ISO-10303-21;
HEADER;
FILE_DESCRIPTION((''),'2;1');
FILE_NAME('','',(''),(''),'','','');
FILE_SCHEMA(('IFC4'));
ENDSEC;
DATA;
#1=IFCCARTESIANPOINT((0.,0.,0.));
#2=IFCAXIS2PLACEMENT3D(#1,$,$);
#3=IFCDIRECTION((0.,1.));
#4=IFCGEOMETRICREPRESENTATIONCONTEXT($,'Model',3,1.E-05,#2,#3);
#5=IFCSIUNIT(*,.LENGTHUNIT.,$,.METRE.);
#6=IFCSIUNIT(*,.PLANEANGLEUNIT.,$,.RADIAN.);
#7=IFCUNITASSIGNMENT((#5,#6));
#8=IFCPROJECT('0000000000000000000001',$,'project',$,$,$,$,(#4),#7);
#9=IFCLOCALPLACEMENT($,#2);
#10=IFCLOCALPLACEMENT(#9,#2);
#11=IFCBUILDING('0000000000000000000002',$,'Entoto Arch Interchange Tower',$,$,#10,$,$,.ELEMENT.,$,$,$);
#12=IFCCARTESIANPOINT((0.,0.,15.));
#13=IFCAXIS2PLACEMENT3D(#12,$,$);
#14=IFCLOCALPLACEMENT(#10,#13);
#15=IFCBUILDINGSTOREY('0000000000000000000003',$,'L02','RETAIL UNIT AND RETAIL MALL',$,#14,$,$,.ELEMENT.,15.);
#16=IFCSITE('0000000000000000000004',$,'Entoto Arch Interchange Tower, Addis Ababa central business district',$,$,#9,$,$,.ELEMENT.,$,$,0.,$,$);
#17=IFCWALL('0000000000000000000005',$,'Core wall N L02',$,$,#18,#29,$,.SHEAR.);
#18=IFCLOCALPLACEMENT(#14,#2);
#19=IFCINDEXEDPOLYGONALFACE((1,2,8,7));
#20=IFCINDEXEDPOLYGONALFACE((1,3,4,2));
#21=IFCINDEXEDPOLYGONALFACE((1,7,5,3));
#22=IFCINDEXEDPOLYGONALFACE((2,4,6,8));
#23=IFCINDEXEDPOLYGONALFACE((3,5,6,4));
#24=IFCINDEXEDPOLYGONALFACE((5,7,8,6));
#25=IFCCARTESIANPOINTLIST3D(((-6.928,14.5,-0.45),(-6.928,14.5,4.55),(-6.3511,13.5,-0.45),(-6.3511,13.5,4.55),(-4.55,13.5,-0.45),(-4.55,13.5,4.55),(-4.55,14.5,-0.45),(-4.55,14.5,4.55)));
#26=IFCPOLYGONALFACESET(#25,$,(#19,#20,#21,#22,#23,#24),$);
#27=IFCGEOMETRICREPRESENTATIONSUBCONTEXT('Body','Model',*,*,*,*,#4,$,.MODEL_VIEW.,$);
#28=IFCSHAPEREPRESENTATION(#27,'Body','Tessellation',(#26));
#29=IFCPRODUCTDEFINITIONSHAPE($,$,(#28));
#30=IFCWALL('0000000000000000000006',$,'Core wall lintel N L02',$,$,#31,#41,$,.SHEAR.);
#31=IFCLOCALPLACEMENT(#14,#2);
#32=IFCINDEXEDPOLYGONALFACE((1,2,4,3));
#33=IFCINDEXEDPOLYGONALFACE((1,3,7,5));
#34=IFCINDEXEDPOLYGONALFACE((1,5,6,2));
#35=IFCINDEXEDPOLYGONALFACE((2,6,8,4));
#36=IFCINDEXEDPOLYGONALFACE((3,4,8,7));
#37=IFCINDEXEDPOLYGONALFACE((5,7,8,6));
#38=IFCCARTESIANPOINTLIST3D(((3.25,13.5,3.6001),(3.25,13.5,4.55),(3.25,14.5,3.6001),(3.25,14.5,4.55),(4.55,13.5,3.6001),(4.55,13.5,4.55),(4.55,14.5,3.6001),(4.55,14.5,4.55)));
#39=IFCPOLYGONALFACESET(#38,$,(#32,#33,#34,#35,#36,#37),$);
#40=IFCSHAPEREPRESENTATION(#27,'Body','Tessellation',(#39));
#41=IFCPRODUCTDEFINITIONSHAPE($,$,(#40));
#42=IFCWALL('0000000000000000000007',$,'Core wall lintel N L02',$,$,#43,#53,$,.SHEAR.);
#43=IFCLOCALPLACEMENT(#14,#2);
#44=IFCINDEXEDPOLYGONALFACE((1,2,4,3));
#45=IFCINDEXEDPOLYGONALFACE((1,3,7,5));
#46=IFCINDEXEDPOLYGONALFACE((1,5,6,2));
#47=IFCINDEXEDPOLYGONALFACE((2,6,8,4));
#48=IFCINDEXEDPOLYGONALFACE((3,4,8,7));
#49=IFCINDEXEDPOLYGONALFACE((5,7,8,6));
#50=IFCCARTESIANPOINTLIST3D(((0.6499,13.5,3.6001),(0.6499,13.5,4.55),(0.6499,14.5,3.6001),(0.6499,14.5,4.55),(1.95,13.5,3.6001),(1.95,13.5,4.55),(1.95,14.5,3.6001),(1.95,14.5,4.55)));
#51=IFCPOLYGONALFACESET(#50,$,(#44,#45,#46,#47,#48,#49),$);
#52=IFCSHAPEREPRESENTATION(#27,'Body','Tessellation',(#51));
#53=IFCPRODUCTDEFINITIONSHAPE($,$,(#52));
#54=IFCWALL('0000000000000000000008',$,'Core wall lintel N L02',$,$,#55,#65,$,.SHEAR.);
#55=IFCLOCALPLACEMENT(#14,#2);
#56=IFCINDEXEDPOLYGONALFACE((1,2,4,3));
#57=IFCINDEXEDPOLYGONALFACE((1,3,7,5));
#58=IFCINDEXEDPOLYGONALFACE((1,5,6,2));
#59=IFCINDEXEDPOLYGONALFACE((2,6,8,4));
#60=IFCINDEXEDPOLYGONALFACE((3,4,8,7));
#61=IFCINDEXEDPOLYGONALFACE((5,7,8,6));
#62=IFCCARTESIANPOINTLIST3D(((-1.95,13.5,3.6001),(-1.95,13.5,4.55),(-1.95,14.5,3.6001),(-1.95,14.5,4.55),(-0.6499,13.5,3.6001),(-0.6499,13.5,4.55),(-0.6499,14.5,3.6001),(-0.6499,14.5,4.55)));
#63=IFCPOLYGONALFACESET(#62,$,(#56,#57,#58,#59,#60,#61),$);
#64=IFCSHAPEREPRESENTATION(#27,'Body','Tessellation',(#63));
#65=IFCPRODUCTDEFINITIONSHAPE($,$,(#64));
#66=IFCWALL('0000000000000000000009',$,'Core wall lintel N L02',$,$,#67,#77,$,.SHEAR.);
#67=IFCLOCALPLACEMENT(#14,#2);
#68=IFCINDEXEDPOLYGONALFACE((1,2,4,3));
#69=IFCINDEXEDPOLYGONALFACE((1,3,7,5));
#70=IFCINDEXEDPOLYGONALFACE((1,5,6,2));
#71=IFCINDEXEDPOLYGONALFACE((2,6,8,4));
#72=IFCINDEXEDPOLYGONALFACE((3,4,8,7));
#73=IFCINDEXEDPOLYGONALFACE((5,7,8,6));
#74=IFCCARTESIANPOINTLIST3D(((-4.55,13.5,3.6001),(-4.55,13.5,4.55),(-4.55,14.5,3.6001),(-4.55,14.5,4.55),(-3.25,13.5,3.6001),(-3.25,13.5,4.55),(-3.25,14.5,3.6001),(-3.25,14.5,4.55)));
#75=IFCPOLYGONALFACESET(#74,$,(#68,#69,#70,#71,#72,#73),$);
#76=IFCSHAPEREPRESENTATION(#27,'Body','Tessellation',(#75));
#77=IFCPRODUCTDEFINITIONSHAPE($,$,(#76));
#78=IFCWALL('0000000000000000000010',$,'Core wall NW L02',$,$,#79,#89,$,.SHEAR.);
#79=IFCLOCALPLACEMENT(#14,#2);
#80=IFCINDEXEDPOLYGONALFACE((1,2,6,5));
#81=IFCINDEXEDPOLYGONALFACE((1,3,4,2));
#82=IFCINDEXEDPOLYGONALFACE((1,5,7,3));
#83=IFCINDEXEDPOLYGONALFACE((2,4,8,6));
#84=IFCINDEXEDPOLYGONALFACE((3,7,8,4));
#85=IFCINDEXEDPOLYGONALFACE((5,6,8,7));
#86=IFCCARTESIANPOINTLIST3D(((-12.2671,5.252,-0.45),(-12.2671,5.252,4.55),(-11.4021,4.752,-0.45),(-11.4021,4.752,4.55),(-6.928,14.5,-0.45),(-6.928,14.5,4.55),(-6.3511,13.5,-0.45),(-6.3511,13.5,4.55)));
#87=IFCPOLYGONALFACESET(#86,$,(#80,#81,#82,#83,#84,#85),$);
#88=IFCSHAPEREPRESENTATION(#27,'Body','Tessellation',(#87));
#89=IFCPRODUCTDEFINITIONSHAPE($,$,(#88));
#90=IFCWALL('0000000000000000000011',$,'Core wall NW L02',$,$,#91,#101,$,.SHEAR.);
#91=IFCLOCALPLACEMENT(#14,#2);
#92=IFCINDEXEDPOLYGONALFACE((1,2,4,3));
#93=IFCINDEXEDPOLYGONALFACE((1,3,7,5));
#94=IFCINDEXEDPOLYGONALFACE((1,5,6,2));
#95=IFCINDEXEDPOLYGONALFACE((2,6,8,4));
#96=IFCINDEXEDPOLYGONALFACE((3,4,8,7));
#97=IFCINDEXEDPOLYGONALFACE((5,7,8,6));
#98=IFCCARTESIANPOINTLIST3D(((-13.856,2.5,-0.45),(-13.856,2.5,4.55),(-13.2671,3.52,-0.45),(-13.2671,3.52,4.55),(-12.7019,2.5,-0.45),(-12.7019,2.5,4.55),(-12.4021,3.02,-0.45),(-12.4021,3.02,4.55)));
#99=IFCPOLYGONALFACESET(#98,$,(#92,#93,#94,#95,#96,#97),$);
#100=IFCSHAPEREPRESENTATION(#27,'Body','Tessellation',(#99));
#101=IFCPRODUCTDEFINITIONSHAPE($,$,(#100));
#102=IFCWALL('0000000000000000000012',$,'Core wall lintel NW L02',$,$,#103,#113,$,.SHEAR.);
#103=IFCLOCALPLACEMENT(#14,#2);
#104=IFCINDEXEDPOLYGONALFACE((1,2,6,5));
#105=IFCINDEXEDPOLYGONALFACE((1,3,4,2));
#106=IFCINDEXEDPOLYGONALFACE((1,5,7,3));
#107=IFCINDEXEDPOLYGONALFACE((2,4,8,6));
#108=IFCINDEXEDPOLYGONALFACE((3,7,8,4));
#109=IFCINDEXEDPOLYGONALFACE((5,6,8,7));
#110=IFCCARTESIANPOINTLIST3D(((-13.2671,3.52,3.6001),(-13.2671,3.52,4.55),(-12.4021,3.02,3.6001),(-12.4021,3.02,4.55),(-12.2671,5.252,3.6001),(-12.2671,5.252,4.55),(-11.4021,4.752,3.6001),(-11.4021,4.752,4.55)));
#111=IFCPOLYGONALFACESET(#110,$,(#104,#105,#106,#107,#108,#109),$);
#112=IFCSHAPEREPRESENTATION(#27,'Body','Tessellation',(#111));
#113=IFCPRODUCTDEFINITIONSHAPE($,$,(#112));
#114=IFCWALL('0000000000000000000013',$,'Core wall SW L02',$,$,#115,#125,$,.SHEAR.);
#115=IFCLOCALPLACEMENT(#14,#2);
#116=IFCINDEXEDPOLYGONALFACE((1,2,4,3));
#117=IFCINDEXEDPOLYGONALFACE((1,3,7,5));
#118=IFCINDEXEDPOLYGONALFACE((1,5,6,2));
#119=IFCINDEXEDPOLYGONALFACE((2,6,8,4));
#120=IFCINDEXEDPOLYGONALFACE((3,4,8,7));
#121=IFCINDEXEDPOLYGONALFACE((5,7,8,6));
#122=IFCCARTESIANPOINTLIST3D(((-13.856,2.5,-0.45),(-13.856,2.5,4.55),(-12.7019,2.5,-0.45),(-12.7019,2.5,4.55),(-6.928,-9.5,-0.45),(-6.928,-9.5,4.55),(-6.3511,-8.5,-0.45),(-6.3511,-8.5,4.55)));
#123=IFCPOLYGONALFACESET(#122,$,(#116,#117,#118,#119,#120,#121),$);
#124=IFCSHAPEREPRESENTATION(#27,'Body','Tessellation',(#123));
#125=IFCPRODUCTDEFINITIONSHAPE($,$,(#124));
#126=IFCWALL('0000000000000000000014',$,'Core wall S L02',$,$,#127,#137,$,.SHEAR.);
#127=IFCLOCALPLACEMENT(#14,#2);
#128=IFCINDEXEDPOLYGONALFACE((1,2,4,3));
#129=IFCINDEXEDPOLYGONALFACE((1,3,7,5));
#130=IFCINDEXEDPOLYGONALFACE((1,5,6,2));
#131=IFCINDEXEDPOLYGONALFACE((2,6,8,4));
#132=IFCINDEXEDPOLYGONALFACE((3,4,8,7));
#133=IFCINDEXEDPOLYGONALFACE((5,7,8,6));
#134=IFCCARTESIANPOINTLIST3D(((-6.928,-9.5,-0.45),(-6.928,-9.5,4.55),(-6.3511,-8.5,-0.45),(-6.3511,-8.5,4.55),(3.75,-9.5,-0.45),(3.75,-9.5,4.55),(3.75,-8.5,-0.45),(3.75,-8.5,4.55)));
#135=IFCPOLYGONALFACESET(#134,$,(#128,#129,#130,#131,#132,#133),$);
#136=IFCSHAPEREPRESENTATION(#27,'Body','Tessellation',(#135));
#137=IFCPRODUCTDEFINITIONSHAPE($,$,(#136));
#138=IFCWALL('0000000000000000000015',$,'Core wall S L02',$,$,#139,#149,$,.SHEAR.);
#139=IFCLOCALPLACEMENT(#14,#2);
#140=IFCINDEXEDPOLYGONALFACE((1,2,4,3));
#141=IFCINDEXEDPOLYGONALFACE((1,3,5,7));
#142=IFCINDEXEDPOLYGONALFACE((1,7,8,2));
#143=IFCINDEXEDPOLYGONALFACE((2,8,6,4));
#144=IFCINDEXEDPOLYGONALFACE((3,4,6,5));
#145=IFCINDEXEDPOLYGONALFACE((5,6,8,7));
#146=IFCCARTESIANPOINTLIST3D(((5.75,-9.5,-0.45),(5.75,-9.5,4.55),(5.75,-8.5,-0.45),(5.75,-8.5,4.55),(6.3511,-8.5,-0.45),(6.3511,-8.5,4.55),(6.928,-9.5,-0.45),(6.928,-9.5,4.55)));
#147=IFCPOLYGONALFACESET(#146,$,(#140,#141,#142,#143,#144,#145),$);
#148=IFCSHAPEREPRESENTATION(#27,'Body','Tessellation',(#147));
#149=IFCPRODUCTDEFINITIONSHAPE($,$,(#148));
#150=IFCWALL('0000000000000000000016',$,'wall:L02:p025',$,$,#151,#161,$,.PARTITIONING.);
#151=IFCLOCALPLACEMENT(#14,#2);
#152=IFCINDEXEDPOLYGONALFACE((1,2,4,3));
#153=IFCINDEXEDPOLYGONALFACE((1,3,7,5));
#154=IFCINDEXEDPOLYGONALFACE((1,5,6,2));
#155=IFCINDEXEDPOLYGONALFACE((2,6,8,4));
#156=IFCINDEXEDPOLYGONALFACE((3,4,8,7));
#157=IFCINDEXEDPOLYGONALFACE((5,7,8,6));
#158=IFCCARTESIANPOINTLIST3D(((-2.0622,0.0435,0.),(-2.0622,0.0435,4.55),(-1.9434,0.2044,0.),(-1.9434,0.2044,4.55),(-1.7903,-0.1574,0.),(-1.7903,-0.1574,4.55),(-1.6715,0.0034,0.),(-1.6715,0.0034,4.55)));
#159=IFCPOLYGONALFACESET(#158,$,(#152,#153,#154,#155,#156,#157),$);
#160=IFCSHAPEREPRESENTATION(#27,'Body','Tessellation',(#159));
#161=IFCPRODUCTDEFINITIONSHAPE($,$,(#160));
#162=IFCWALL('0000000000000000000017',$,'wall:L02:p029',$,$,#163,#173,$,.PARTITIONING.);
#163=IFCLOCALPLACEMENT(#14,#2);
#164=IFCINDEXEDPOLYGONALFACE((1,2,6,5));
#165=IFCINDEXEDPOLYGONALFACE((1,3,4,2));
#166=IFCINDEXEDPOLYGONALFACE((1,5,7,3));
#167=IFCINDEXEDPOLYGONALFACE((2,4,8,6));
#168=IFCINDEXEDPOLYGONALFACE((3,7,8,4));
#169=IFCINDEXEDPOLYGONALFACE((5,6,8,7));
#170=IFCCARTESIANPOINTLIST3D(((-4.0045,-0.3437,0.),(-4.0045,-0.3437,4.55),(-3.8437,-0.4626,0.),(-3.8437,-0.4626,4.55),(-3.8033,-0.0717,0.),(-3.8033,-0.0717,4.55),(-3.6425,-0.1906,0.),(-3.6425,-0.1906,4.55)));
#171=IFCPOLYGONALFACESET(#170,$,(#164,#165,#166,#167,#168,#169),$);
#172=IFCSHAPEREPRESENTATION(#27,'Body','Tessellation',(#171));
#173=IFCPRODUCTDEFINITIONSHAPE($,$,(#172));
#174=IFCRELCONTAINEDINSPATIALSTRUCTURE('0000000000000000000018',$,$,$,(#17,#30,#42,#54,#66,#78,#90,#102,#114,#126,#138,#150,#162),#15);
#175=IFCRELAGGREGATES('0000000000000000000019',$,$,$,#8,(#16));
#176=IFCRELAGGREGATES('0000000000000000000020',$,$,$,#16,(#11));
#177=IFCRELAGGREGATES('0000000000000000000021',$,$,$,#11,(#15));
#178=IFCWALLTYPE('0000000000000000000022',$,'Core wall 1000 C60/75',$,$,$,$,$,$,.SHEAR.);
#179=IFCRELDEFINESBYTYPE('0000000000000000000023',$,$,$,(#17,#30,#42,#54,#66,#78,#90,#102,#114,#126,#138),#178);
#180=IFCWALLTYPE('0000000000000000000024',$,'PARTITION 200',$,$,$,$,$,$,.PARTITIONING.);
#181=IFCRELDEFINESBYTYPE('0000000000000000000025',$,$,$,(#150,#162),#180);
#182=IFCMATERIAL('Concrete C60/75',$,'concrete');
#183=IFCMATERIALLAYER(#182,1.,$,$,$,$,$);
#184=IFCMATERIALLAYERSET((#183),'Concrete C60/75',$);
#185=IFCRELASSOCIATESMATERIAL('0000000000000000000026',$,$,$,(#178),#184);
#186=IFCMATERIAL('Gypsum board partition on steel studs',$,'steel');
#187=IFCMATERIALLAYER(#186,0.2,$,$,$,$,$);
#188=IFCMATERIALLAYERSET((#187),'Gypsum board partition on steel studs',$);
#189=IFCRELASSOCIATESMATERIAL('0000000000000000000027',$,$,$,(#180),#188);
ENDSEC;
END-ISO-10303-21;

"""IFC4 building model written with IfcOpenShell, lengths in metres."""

from ifc_helpers import new_model, si_unit, direction, frame, frame_2d, origin, place, context, subcontext, project, spatial, polyline, rectangle, outline, extrude, material, layer, layer_set, type_object, element, save


model = new_model("IFC4")

# Units and contexts
model_context = context("Model", 3, precision=1e-05, world=origin(), true_north=direction((0.0, 1.0)))
body_context = subcontext(model_context, "Body", "Model", "MODEL_VIEW")
ifc_project = project(units=[si_unit("LENGTHUNIT", "METRE"), si_unit("PLANEANGLEUNIT", "RADIAN")], contexts=[model_context])

# Site, building, storey
site_placement = place(None, origin())
site = spatial("IfcSite", under=ifc_project, at=site_placement, Name="Entoto Arch Interchange Tower, Addis Ababa central business district", CompositionType="ELEMENT", RefElevation=0.0)
building_placement = place(site_placement, origin())
building = spatial("IfcBuilding", under=site, at=building_placement, Name="Entoto Arch Interchange Tower", CompositionType="ELEMENT")
storey_placement = place(building_placement, frame((0.0, 0.0, 15.0)))
storey = spatial("IfcBuildingStorey", under=building, at=storey_placement, Name="L02", Description="RETAIL UNIT AND RETAIL MALL", CompositionType="ELEMENT", Elevation=15.0)

# Walls
ifc_material_1 = material(Name="Concrete C60/75", Category="concrete")
ifc_layer_1 = layer(ifc_material_1, 1.0)
ifc_layer_set_1 = layer_set([ifc_layer_1], Name="Concrete C60/75")
wall_type_1 = type_object("IfcWallType", Name="Core wall 1000 C60/75", PredefinedType="SHEAR", material=ifc_layer_set_1)
wall_1_placement = place(storey_placement, frame((0.0, 0.0, -0.45)))
element("IfcWall", 1, at=wall_1_placement, inside=storey, type_object=wall_type_1, Name="Core wall N L02", PredefinedType="SHEAR", context=body_context, shape_type="SweptSolid", body=[
    extrude(outline(polyline([(-4.55, 13.5), (-4.55, 14.5), (-6.928, 14.5), (-6.3511, 13.5), (-4.55, 13.5)])), origin(), (0.0, 0.0, 1.0), 5.0),
])
wall_2_placement = place(storey_placement, frame((0.0, 0.0, 3.6001)))
element("IfcWall", 2, at=wall_2_placement, inside=storey, type_object=wall_type_1, Name="Core wall lintel N L02", PredefinedType="SHEAR", context=body_context, shape_type="SweptSolid", body=[
    extrude(outline(polyline([(3.25, 14.5), (3.25, 13.5), (4.55, 13.5), (4.55, 14.5), (3.25, 14.5)])), origin(), (0.0, 0.0, 1.0), 0.95),
])
wall_3_placement = place(storey_placement, frame((0.0, 0.0, 3.6001)))
element("IfcWall", 3, at=wall_3_placement, inside=storey, type_object=wall_type_1, Name="Core wall lintel N L02", PredefinedType="SHEAR", context=body_context, shape_type="SweptSolid", body=[
    extrude(outline(polyline([(0.6499, 14.5), (0.6499, 13.5), (1.95, 13.5), (1.95, 14.5), (0.6499, 14.5)])), origin(), (0.0, 0.0, 1.0), 0.95),
])
wall_4_placement = place(storey_placement, frame((0.0, 0.0, 3.6001)))
element("IfcWall", 4, at=wall_4_placement, inside=storey, type_object=wall_type_1, Name="Core wall lintel N L02", PredefinedType="SHEAR", context=body_context, shape_type="SweptSolid", body=[
    extrude(outline(polyline([(-1.95, 14.5), (-1.95, 13.5), (-0.6499, 13.5), (-0.6499, 14.5), (-1.95, 14.5)])), origin(), (0.0, 0.0, 1.0), 0.95),
])
wall_5_placement = place(storey_placement, frame((0.0, 0.0, 3.6001)))
element("IfcWall", 5, at=wall_5_placement, inside=storey, type_object=wall_type_1, Name="Core wall lintel N L02", PredefinedType="SHEAR", context=body_context, shape_type="SweptSolid", body=[
    extrude(outline(polyline([(-4.55, 14.5), (-4.55, 13.5), (-3.25, 13.5), (-3.25, 14.5), (-4.55, 14.5)])), origin(), (0.0, 0.0, 1.0), 0.95),
])
wall_6_placement = place(storey_placement, frame((0.0, 0.0, -0.45)))
element("IfcWall", 6, at=wall_6_placement, inside=storey, type_object=wall_type_1, Name="Core wall NW L02", PredefinedType="SHEAR", context=body_context, shape_type="SweptSolid", body=[
    extrude(outline(polyline([(-12.2671, 5.252), (-11.4021, 4.752), (-6.3511, 13.5), (-6.928, 14.5), (-12.2671, 5.252)])), origin(), (0.0, 0.0, 1.0), 5.0),
])
wall_7_placement = place(storey_placement, frame((0.0, 0.0, -0.45)))
element("IfcWall", 7, at=wall_7_placement, inside=storey, type_object=wall_type_1, Name="Core wall NW L02", PredefinedType="SHEAR", context=body_context, shape_type="SweptSolid", body=[
    extrude(outline(polyline([(-12.4021, 3.02), (-13.2671, 3.52), (-13.856, 2.5), (-12.7019, 2.5), (-12.4021, 3.02)])), origin(), (0.0, 0.0, 1.0), 5.0),
])
wall_8_placement = place(storey_placement, frame((0.0, 0.0, 3.6001)))
element("IfcWall", 8, at=wall_8_placement, inside=storey, type_object=wall_type_1, Name="Core wall lintel NW L02", PredefinedType="SHEAR", context=body_context, shape_type="SweptSolid", body=[
    extrude(outline(polyline([(-13.2671, 3.52), (-12.4021, 3.02), (-11.4021, 4.752), (-12.2671, 5.252), (-13.2671, 3.52)])), origin(), (0.0, 0.0, 1.0), 0.95),
])
wall_9_placement = place(storey_placement, frame((0.0, 0.0, -0.45)))
element("IfcWall", 9, at=wall_9_placement, inside=storey, type_object=wall_type_1, Name="Core wall SW L02", PredefinedType="SHEAR", context=body_context, shape_type="SweptSolid", body=[
    extrude(outline(polyline([(-13.856, 2.5), (-6.928, -9.5), (-6.3511, -8.5), (-12.7019, 2.5), (-13.856, 2.5)])), origin(), (0.0, 0.0, 1.0), 5.0),
])
wall_10_placement = place(storey_placement, frame((0.0, 0.0, -0.45)))
element("IfcWall", 10, at=wall_10_placement, inside=storey, type_object=wall_type_1, Name="Core wall S L02", PredefinedType="SHEAR", context=body_context, shape_type="SweptSolid", body=[
    extrude(outline(polyline([(3.75, -9.5), (3.75, -8.5), (-6.3511, -8.5), (-6.928, -9.5), (3.75, -9.5)])), origin(), (0.0, 0.0, 1.0), 5.0),
])
wall_11_placement = place(storey_placement, frame((0.0, 0.0, -0.45)))
element("IfcWall", 11, at=wall_11_placement, inside=storey, type_object=wall_type_1, Name="Core wall S L02", PredefinedType="SHEAR", context=body_context, shape_type="SweptSolid", body=[
    extrude(outline(polyline([(5.75, -8.5), (5.75, -9.5), (6.928, -9.5), (6.3511, -8.5), (5.75, -8.5)])), origin(), (0.0, 0.0, 1.0), 5.0),
])
ifc_material_2 = material(Name="Gypsum board partition on steel studs", Category="steel")
ifc_layer_2 = layer(ifc_material_2, 0.2)
ifc_layer_set_2 = layer_set([ifc_layer_2], Name="Gypsum board partition on steel studs")
wall_type_2 = type_object("IfcWallType", Name="PARTITION 200", PredefinedType="PARTITIONING", material=ifc_layer_set_2)
wall_12_placement = place(storey_placement, frame((-1.731, -0.0769, 0.0), z_axis=(0.0, 0.0, 1.0), x_axis=(-0.804311, 0.594208, 0.0)))
element("IfcWall", 12, at=wall_12_placement, inside=storey, type_object=wall_type_2, Name="wall:L02:p025", PredefinedType="PARTITIONING", context=body_context, shape_type="SweptSolid", body=[
    extrude(rectangle(XDim=0.3381, YDim=0.2, at=frame_2d((0.1689, 0.0))), origin(), (0.0, 0.0, 1.0), 4.55),
])
wall_13_placement = place(storey_placement, frame((-3.7229, -0.1311, 0.0), z_axis=(0.0, 0.0, 1.0), x_axis=(-0.594675, -0.803966, 0.0)))
element("IfcWall", 13, at=wall_13_placement, inside=storey, type_object=wall_type_2, Name="wall:L02:p029", PredefinedType="PARTITIONING", context=body_context, shape_type="SweptSolid", body=[
    extrude(rectangle(XDim=0.3384, YDim=0.2, at=frame_2d((0.1692, 0.0))), origin(), (0.0, 0.0, 1.0), 4.55),
])

save(model, "model.ifc")
